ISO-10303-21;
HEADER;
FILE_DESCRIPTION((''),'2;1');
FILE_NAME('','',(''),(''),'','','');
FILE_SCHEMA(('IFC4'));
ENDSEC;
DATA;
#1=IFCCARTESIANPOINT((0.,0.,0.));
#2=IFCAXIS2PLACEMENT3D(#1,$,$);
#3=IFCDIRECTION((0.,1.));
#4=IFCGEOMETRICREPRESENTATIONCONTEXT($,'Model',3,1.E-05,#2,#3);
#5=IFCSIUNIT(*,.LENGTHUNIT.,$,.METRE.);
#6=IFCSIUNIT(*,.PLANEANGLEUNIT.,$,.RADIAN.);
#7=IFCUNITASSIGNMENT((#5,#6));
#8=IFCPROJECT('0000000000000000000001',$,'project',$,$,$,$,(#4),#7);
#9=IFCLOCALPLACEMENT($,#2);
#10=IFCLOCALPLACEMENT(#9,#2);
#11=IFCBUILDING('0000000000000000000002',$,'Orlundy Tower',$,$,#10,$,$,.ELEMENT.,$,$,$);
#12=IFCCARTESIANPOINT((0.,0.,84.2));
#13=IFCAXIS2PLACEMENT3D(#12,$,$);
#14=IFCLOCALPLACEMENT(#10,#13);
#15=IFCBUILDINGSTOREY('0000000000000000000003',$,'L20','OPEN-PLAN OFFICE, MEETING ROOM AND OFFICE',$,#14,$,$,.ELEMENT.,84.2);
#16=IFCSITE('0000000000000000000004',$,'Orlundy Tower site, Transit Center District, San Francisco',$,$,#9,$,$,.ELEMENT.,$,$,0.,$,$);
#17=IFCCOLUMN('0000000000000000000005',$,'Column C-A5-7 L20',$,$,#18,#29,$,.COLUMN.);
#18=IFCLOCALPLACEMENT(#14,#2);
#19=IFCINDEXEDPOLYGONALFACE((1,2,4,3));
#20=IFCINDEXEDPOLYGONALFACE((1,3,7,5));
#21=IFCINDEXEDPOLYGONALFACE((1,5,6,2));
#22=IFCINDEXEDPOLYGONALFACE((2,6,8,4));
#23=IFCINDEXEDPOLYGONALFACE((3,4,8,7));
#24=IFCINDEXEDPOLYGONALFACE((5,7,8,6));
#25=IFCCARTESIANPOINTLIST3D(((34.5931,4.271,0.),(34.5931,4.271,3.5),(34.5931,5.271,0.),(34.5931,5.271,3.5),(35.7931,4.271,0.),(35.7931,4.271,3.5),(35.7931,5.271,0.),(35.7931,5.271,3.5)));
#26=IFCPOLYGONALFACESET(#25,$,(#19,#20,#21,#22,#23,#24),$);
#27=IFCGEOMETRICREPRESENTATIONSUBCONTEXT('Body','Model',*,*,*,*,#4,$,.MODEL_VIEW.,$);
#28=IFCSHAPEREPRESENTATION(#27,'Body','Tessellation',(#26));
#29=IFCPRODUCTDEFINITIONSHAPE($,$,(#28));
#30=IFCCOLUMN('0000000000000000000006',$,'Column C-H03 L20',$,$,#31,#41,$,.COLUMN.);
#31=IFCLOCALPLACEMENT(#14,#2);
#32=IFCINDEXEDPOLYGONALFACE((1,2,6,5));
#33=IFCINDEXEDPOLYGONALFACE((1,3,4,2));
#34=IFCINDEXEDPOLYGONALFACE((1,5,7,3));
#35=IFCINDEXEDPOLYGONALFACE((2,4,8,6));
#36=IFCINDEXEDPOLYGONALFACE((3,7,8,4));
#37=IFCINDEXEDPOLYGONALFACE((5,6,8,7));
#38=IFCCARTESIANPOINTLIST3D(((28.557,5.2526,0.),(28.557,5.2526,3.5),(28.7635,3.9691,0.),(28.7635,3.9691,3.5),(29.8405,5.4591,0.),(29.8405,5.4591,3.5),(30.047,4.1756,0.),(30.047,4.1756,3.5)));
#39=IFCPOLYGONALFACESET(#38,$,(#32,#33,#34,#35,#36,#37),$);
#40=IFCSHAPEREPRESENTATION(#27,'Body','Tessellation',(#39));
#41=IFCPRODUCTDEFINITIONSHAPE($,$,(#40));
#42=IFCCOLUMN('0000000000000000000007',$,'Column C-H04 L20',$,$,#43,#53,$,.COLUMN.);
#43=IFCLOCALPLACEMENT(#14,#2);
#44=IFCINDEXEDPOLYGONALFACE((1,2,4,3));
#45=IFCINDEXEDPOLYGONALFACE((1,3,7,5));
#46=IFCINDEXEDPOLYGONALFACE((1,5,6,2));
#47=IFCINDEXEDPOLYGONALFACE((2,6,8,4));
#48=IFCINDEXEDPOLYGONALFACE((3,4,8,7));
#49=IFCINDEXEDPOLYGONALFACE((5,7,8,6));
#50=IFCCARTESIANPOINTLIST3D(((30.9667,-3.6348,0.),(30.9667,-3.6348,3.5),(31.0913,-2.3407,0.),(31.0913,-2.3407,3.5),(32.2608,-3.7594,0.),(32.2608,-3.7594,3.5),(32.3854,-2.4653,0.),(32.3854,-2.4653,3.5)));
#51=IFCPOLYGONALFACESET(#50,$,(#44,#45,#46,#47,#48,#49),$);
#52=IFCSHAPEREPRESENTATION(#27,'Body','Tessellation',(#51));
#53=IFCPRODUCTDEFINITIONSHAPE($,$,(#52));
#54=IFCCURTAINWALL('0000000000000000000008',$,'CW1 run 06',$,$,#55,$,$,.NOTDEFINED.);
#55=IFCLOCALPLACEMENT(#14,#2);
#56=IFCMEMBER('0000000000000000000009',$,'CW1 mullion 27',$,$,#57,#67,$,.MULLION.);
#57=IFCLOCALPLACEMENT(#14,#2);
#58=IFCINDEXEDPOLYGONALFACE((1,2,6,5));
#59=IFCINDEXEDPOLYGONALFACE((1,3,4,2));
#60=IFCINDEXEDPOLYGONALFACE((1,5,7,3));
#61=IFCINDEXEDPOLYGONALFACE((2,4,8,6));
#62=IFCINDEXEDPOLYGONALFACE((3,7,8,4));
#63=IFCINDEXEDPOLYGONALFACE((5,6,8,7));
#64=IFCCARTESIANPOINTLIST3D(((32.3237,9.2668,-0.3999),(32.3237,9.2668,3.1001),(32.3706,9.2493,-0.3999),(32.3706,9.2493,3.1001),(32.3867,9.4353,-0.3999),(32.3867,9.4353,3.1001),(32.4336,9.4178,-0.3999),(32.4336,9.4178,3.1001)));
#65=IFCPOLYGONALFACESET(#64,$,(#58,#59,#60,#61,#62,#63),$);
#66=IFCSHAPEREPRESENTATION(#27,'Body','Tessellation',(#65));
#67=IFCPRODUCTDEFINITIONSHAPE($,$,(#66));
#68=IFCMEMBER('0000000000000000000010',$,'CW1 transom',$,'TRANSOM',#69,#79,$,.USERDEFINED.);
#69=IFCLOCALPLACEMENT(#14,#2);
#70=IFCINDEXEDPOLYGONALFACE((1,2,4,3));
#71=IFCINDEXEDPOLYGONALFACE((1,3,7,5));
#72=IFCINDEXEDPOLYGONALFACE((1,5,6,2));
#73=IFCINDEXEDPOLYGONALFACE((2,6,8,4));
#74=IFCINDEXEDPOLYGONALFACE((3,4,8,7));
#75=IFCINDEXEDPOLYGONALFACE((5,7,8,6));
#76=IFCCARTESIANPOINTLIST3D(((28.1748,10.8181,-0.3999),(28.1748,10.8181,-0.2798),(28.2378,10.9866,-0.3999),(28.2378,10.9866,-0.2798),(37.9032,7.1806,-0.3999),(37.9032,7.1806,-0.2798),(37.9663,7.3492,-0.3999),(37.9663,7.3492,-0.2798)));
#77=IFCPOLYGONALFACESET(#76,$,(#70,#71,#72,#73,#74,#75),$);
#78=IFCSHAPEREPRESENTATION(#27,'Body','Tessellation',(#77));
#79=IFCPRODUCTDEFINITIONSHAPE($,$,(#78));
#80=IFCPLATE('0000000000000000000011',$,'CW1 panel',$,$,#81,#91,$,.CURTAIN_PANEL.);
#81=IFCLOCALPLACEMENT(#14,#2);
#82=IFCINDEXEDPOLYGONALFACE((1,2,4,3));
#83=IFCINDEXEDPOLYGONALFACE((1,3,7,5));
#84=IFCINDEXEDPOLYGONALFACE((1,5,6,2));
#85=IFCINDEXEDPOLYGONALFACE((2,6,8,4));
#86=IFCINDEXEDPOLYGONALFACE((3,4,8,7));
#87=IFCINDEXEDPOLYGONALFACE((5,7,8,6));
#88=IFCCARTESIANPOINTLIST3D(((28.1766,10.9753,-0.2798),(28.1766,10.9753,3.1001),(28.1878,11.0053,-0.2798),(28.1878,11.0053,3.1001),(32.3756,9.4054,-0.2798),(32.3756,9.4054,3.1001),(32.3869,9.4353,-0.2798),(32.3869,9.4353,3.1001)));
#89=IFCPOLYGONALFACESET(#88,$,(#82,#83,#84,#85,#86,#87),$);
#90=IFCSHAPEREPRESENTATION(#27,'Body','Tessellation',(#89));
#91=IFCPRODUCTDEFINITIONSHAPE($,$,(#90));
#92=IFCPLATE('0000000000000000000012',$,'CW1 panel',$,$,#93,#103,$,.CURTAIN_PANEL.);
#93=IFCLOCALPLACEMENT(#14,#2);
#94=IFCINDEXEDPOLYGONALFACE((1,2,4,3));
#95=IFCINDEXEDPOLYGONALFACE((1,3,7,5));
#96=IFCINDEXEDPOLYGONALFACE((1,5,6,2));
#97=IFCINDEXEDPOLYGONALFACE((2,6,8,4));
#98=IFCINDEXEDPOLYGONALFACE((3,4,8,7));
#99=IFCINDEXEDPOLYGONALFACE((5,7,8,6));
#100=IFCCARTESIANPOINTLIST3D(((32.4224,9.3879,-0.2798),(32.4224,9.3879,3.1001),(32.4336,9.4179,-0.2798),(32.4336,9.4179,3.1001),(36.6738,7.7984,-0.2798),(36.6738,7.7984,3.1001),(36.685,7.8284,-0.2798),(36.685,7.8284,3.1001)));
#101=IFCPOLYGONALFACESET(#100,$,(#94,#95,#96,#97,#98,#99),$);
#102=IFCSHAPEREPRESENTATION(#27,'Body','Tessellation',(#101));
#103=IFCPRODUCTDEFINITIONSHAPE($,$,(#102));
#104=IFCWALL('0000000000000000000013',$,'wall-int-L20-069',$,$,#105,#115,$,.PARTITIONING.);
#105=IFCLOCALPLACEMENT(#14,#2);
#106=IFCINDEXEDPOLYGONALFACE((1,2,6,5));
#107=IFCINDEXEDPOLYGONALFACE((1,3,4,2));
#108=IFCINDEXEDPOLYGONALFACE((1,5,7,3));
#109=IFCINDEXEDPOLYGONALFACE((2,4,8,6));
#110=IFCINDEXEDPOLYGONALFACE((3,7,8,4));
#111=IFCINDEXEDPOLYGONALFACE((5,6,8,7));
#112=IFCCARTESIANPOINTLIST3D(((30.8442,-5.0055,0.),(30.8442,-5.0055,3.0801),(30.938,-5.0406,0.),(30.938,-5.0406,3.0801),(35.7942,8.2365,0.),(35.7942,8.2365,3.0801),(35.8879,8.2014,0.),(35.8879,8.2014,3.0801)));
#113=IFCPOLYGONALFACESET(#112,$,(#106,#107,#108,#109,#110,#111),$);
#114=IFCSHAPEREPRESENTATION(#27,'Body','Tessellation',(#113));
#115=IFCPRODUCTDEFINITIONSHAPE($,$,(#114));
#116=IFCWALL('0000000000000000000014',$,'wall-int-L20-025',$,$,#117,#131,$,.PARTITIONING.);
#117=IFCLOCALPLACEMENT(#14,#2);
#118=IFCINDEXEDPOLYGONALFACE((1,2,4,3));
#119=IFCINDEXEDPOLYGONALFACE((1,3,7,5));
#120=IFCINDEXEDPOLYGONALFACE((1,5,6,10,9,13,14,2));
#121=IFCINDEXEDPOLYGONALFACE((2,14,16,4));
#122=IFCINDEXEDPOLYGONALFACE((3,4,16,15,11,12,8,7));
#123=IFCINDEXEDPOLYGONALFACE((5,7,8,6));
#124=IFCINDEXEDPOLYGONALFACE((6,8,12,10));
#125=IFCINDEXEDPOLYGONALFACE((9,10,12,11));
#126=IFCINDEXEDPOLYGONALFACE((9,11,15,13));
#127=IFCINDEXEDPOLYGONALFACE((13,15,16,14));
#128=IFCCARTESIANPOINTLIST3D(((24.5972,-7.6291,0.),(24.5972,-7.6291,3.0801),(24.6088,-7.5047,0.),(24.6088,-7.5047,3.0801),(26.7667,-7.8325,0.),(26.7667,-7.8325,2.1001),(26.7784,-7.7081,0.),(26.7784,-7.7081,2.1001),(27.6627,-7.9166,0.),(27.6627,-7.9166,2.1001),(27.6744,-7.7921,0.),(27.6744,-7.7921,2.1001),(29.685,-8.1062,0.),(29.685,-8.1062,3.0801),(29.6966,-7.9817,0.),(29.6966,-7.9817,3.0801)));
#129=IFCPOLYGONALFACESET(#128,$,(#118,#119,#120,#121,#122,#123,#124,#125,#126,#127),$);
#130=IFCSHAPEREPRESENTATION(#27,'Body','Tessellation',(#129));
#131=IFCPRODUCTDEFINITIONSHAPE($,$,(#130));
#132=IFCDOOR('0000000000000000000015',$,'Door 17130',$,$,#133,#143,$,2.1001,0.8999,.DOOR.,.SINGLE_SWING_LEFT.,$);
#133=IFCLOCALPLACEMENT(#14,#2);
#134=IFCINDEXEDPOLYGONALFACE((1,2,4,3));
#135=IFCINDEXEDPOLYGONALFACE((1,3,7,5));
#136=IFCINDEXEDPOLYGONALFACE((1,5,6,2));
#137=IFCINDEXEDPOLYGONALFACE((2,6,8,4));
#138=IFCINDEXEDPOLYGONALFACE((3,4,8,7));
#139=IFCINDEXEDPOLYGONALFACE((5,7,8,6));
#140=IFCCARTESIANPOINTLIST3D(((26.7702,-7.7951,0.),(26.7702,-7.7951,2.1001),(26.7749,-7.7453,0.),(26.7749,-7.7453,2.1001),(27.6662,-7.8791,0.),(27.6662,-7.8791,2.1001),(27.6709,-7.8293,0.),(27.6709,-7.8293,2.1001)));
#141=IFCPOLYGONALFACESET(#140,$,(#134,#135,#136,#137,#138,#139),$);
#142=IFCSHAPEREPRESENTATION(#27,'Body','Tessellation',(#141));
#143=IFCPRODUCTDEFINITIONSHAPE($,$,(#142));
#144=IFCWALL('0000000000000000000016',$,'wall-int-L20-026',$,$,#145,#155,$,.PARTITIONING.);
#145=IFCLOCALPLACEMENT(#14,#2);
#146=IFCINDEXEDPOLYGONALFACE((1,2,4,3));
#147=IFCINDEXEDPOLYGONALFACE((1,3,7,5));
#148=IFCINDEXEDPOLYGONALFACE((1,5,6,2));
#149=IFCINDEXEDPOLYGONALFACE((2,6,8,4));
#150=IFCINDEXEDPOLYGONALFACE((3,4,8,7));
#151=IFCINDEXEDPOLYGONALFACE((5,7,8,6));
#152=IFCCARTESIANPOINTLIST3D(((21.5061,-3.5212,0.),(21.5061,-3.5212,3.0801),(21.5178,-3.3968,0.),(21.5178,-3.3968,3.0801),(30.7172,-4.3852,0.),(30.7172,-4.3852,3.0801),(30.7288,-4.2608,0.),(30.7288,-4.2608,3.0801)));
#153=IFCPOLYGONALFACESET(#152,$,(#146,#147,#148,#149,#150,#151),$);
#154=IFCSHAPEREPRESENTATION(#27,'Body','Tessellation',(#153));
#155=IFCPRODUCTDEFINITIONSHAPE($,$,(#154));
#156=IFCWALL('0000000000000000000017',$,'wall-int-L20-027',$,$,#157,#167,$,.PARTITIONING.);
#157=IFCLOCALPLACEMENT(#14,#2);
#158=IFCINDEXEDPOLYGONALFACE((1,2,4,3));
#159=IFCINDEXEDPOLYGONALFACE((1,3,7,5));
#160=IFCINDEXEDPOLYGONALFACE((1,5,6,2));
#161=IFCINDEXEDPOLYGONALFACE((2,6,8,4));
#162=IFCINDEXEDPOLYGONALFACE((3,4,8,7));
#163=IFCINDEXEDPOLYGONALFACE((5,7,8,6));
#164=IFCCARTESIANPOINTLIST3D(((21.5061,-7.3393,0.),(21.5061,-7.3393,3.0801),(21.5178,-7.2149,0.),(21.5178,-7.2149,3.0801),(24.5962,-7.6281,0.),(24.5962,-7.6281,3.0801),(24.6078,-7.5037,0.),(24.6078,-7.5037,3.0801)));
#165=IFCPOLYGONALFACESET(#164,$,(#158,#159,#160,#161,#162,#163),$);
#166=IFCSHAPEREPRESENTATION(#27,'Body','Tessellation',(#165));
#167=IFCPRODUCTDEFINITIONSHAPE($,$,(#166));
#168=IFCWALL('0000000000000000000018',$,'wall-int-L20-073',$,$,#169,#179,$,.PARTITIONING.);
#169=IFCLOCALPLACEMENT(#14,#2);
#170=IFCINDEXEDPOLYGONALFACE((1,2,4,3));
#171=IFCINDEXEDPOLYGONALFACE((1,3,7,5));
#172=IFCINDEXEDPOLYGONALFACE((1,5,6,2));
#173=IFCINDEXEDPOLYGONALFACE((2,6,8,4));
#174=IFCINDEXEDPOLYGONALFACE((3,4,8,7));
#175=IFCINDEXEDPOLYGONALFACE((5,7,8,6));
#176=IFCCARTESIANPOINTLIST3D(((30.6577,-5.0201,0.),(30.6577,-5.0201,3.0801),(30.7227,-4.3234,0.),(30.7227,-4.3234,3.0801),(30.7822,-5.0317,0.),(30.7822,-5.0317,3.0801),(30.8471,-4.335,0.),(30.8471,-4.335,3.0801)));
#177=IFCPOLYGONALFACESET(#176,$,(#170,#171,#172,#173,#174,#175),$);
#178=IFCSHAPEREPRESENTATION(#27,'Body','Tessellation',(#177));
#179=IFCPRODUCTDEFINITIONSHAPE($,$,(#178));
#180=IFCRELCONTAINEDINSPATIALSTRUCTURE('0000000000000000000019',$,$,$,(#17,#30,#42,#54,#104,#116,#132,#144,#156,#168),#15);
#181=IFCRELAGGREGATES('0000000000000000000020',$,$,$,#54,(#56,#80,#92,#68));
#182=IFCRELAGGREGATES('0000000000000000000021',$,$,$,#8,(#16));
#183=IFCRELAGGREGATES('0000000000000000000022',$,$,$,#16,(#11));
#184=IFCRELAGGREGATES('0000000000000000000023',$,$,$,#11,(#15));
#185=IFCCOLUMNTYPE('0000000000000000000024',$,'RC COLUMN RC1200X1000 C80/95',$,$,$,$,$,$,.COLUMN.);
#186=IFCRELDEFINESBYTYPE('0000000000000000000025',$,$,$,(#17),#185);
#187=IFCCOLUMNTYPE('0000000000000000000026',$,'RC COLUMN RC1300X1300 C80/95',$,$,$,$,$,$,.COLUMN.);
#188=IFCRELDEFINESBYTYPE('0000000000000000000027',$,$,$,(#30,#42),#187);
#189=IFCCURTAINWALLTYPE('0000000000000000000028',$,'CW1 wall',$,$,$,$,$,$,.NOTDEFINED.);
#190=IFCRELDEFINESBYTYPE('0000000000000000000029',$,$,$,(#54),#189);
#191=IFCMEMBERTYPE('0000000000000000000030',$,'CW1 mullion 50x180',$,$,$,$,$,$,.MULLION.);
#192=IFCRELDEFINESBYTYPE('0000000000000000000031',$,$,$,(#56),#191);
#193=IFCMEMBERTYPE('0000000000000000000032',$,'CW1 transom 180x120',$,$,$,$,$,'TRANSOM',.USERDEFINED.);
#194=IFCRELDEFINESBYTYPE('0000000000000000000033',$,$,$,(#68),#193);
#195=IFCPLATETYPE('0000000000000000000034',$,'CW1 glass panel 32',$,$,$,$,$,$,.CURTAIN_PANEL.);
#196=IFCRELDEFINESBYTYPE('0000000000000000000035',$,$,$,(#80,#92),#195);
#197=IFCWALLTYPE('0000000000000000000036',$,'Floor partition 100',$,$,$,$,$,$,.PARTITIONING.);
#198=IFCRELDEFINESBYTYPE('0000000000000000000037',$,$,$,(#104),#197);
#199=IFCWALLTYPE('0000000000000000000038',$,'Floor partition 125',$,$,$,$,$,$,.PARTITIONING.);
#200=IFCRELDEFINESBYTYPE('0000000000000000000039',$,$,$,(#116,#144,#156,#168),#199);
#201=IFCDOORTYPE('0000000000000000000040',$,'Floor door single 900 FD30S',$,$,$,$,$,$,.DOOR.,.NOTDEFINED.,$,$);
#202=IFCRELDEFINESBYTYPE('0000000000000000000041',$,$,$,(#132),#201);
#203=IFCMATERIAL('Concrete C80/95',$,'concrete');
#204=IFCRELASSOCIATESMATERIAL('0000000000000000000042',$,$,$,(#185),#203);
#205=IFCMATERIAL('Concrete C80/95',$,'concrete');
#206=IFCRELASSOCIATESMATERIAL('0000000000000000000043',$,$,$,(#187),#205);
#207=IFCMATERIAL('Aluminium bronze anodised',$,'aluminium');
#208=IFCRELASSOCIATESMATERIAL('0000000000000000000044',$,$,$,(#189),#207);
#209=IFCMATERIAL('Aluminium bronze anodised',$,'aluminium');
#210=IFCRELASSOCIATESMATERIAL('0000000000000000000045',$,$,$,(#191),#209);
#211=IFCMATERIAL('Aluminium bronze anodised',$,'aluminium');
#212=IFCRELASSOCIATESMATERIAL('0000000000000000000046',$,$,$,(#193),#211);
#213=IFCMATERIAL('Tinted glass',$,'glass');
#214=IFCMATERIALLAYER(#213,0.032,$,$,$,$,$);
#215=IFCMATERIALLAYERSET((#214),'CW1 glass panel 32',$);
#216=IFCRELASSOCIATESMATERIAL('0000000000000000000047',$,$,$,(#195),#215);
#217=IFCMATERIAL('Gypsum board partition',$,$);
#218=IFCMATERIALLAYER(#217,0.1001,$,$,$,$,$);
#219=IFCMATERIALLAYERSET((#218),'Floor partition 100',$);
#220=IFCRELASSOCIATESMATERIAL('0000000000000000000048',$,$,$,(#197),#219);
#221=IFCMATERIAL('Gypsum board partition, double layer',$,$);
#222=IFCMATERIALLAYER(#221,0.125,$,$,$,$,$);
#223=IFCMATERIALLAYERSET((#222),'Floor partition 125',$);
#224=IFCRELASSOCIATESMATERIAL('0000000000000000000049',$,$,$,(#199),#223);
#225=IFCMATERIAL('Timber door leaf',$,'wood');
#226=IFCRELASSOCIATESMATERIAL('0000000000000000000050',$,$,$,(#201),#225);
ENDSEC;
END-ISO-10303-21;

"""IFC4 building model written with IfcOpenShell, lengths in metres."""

from ifc_helpers import new_model, si_unit, direction, frame, frame_2d, origin, origin_2d, place, context, subcontext, project, spatial, rectangle, extrude, material, layer, layer_set, material_profile, profile_set, type_object, element, fill, aggregate, save


model = new_model("IFC4")

# Units and contexts
model_context = context("Model", 3, precision=1e-05, world=origin(), true_north=direction((0.0, 1.0)))
body_context = subcontext(model_context, "Body", "Model", "MODEL_VIEW")
ifc_project = project(units=[si_unit("LENGTHUNIT", "METRE"), si_unit("PLANEANGLEUNIT", "RADIAN")], contexts=[model_context])

# Site, building, storey
site_placement = place(None, origin())
site = spatial("IfcSite", under=ifc_project, at=site_placement, Name="Orlundy Tower site, Transit Center District, San Francisco", CompositionType="ELEMENT", RefElevation=0.0)
building_placement = place(site_placement, origin())
building = spatial("IfcBuilding", under=site, at=building_placement, Name="Orlundy Tower", CompositionType="ELEMENT")
storey_placement = place(building_placement, frame((0.0, 0.0, 84.2)))
storey = spatial("IfcBuildingStorey", under=building, at=storey_placement, Name="L20", Description="OPEN-PLAN OFFICE, MEETING ROOM AND OFFICE", CompositionType="ELEMENT", Elevation=84.2)

# Columns
ifc_material_1 = material(Name="Concrete C80/95", Category="concrete")
ifc_material_profile_1 = material_profile(ifc_material_1, rectangle(XDim=1.2, YDim=1.0, at=origin_2d()), Name="RC1200X1000")
ifc_profile_set_1 = profile_set([ifc_material_profile_1], Name="Concrete C80/95")
column_type_1 = type_object("IfcColumnType", Name="RC COLUMN RC1200X1000 C80/95", PredefinedType="COLUMN", material=ifc_profile_set_1)
column_placement = place(storey_placement, frame((35.1931, 4.771, 0.0), z_axis=(0.0, 0.0, 1.0), x_axis=(1.0, 0.0, 0.0)))
element("IfcColumn", 1, at=column_placement, inside=storey, type_object=column_type_1, Name="Column C-A5-7 L20", PredefinedType="COLUMN", context=body_context, shape_type="SweptSolid", body=[
    extrude(rectangle(XDim=1.2, YDim=1.0, at=origin_2d()), origin(), (0.0, 0.0, 1.0), 3.5),
])
ifc_material_2 = material(Name="Concrete C80/95", Category="concrete")
ifc_material_profile_2 = material_profile(ifc_material_2, rectangle(XDim=1.3, YDim=1.3, at=origin_2d()), Name="RC1300X1300")
ifc_profile_set_2 = profile_set([ifc_material_profile_2], Name="Concrete C80/95")
column_type_2 = type_object("IfcColumnType", Name="RC COLUMN RC1300X1300 C80/95", PredefinedType="COLUMN", material=ifc_profile_set_2)
for number, where, z_axis, x_axis, name in (
    (2, (29.302, 4.7141, 0.0), (0.0, 0.0, 1.0), (0.987306, 0.15883, 0.0), "Column C-H03 L20"),
    (3, (31.676, -3.05, 0.0), (0.0, 0.0, 1.0), (0.995396, -0.095846, 0.0), "Column C-H04 L20"),
):
    element("IfcColumn", number, at=place(storey_placement, frame(where, z_axis=z_axis, x_axis=x_axis)), inside=storey, type_object=column_type_2, Name=name, PredefinedType="COLUMN", context=body_context, shape_type="SweptSolid", body=[
        extrude(rectangle(XDim=1.3, YDim=1.3, at=origin_2d()), origin(), (0.0, 0.0, 1.0), 3.5),
    ])

# Curtain wall, members, plates
ifc_material_3 = material(Name="Aluminium bronze anodised", Category="aluminium")
curtain_wall_type = type_object("IfcCurtainWallType", Name="CW1 wall", PredefinedType="NOTDEFINED", material=ifc_material_3)
curtain_wall_placement = place(storey_placement, origin())
curtain_wall = element("IfcCurtainWall", 4, at=curtain_wall_placement, inside=storey, type_object=curtain_wall_type, Name="CW1 run 06", PredefinedType="NOTDEFINED")
ifc_material_4 = material(Name="Aluminium bronze anodised", Category="aluminium")
ifc_material_profile_3 = material_profile(ifc_material_4, rectangle(XDim=0.1799, YDim=0.05, at=origin_2d()), Name="CW1 mullion 50x180")
ifc_profile_set_3 = profile_set([ifc_material_profile_3], Name="Aluminium bronze anodised")
member_type_1 = type_object("IfcMemberType", Name="CW1 mullion 50x180", PredefinedType="MULLION", material=ifc_profile_set_3)
member_1_placement = place(storey_placement, frame((32.3787, 9.3423, -0.3999), z_axis=(0.0, 0.0, 1.0), x_axis=(0.350204, 0.936674, 0.0)))
member_1 = element("IfcMember", 5, at=member_1_placement, type_object=member_type_1, Name="CW1 mullion 27", PredefinedType="MULLION", context=body_context, shape_type="SweptSolid", body=[
    extrude(rectangle(XDim=0.1799, YDim=0.05, at=origin_2d()), origin(), (0.0, 0.0, 1.0), 3.5),
])
ifc_material_5 = material(Name="Aluminium bronze anodised", Category="aluminium")
ifc_material_profile_4 = material_profile(ifc_material_5, rectangle(XDim=0.1799, YDim=0.1201, at=origin_2d()), Name="CW1 transom 180x120")
ifc_profile_set_4 = profile_set([ifc_material_profile_4], Name="Aluminium bronze anodised")
member_type_2 = type_object("IfcMemberType", Name="CW1 transom 180x120", ElementType="TRANSOM", PredefinedType="USERDEFINED", material=ifc_profile_set_4)
member_2_placement = place(storey_placement, frame((28.2063, 10.9023, -0.3398), z_axis=(0.936669, -0.350217, 0.0), x_axis=(0.350217, 0.936669, 0.0)))
member_2 = element("IfcMember", 6, at=member_2_placement, type_object=member_type_2, Name="CW1 transom", ObjectType="TRANSOM", PredefinedType="USERDEFINED", context=body_context, shape_type="SweptSolid", body=[
    extrude(rectangle(XDim=0.1799, YDim=0.1201, at=origin_2d()), origin(), (0.0, 0.0, 1.0), 10.3862),
])
ifc_material_6 = material(Name="Tinted glass", Category="glass")
ifc_layer_1 = layer(ifc_material_6, 0.032)
ifc_layer_set_1 = layer_set([ifc_layer_1], Name="CW1 glass panel 32")
plate_type = type_object("IfcPlateType", Name="CW1 glass panel 32", PredefinedType="CURTAIN_PANEL", material=ifc_layer_set_1)
plate_1_placement = place(storey_placement, frame((30.2817, 10.2053, -0.2798), z_axis=(0.0, 0.0, 1.0), x_axis=(0.936674, -0.350204, 0.0)))
plate_1 = element("IfcPlate", 7, at=plate_1_placement, type_object=plate_type, Name="CW1 panel", PredefinedType="CURTAIN_PANEL", context=body_context, shape_type="SweptSolid", body=[
    extrude(rectangle(XDim=4.4829, YDim=0.032, at=origin_2d()), origin(), (0.0, 0.0, 1.0), 3.3799),
])
plate_2_placement = place(storey_placement, frame((34.5537, 8.6082, -0.2798), z_axis=(0.0, 0.0, 1.0), x_axis=(0.936674, -0.350204, 0.0)))
plate_2 = element("IfcPlate", 8, at=plate_2_placement, type_object=plate_type, Name="CW1 panel", PredefinedType="CURTAIN_PANEL", context=body_context, shape_type="SweptSolid", body=[
    extrude(rectangle(XDim=4.5388, YDim=0.032, at=origin_2d()), origin(), (0.0, 0.0, 1.0), 3.3799),
])
aggregate(curtain_wall, [member_1, plate_1, plate_2, member_2])

# Wall
ifc_material_7 = material(Name="Gypsum board partition")
ifc_layer_2 = layer(ifc_material_7, 0.1001)
ifc_layer_set_2 = layer_set([ifc_layer_2], Name="Floor partition 100")
wall_type_1 = type_object("IfcWallType", Name="Floor partition 100", PredefinedType="PARTITIONING", material=ifc_layer_set_2)
wall_1_placement = place(storey_placement, frame((30.8911, -5.0229, 0.0), z_axis=(0.0, 0.0, 1.0), x_axis=(0.350145, 0.936696, 0.0)))
element("IfcWall", 9, at=wall_1_placement, inside=storey, type_object=wall_type_1, Name="wall-int-L20-069", PredefinedType="PARTITIONING", context=body_context, shape_type="SweptSolid", body=[
    extrude(rectangle(XDim=14.137, YDim=0.1001, at=frame_2d((7.0684, 0.0))), origin(), (0.0, 0.0, 1.0), 3.0801),
])

# Wall, opening, door
ifc_material_8 = material(Name="Gypsum board partition, double layer")
ifc_layer_3 = layer(ifc_material_8, 0.125)
ifc_layer_set_3 = layer_set([ifc_layer_3], Name="Floor partition 125")
wall_type_2 = type_object("IfcWallType", Name="Floor partition 125", PredefinedType="PARTITIONING", material=ifc_layer_set_3)
wall_2_placement = place(storey_placement, frame((29.6909, -8.0439, 0.0), z_axis=(0.0, 0.0, 1.0), x_axis=(-0.995633, 0.093353, 0.0)))
wall_2 = element("IfcWall", 10, at=wall_2_placement, inside=storey, type_object=wall_type_2, Name="wall-int-L20-025", PredefinedType="PARTITIONING", context=body_context, shape_type="SweptSolid", body=[
    extrude(rectangle(XDim=5.1101, YDim=0.125, at=frame_2d((2.5552, 0.0))), origin(), (0.0, 0.0, 1.0), 3.0801),
])
opening_1_placement = place(wall_2_placement, frame((2.0312, 0.0, 0.0)))
opening_1 = element("IfcOpeningElement", 11, at=opening_1_placement, cuts=wall_2, PredefinedType="OPENING", context=body_context, shape_type="SweptSolid", body=[
    extrude(rectangle(XDim=0.8999, YDim=2.1001, at=frame_2d((0.45, 1.05))), frame((0.0, 0.0725, 0.0), z_axis=(0.0, -1.0, 0.0), x_axis=(1.0, 0.0, 0.0)), (0.0, 0.0, 1.0), 0.145),
])
ifc_material_9 = material(Name="Timber door leaf", Category="wood")
door_type_1 = type_object("IfcDoorType", Name="Floor door single 900 FD30S", OperationType="NOTDEFINED", PredefinedType="DOOR", material=ifc_material_9)
door_1_placement = place(opening_1_placement, origin())
door_1 = element("IfcDoor", 12, at=door_1_placement, inside=storey, type_object=door_type_1, Name="Door 17130", OperationType="SINGLE_SWING_LEFT", OverallHeight=2.1001, OverallWidth=0.8999, PredefinedType="DOOR", context=body_context, shape_type="SweptSolid", body=[
    extrude(rectangle(XDim=0.8999, YDim=2.1001, at=frame_2d((0.45, 1.05))), frame((0.0, 0.0249, 0.0), z_axis=(0.0, -1.0, 0.0), x_axis=(1.0, 0.0, 0.0)), (0.0, 0.0, 1.0), 0.05),
])
fill(opening_1, door_1)

# Walls
wall_3_placement = place(storey_placement, frame((21.512, -3.459, 0.0), z_axis=(0.0, 0.0, 1.0), x_axis=(0.995629, -0.093393, 0.0)))
element("IfcWall", 13, at=wall_3_placement, inside=storey, type_object=wall_type_2, Name="wall-int-L20-026", PredefinedType="PARTITIONING", context=body_context, shape_type="SweptSolid", body=[
    extrude(rectangle(XDim=9.2515, YDim=0.125, at=frame_2d((4.6257, 0.0))), origin(), (0.0, 0.0, 1.0), 3.0801),
])
wall_4_placement = place(storey_placement, frame((21.512, -7.2771, 0.0), z_axis=(0.0, 0.0, 1.0), x_axis=(0.99566, -0.09306, 0.0)))
element("IfcWall", 14, at=wall_4_placement, inside=storey, type_object=wall_type_2, Name="wall-int-L20-027", PredefinedType="PARTITIONING", context=body_context, shape_type="SweptSolid", body=[
    extrude(rectangle(XDim=3.1035, YDim=0.125, at=frame_2d((1.5518, 0.0))), origin(), (0.0, 0.0, 1.0), 3.0801),
])
wall_5_placement = place(storey_placement, frame((30.72, -5.0259, 0.0), z_axis=(0.0, 0.0, 1.0), x_axis=(0.0928, 0.995685, 0.0)))
element("IfcWall", 15, at=wall_5_placement, inside=storey, type_object=wall_type_2, Name="wall-int-L20-073", PredefinedType="PARTITIONING", context=body_context, shape_type="SweptSolid", body=[
    extrude(rectangle(XDim=0.6997, YDim=0.125, at=frame_2d((0.3499, 0.0))), origin(), (0.0, 0.0, 1.0), 3.0801),
])

save(model, "model.ifc")
